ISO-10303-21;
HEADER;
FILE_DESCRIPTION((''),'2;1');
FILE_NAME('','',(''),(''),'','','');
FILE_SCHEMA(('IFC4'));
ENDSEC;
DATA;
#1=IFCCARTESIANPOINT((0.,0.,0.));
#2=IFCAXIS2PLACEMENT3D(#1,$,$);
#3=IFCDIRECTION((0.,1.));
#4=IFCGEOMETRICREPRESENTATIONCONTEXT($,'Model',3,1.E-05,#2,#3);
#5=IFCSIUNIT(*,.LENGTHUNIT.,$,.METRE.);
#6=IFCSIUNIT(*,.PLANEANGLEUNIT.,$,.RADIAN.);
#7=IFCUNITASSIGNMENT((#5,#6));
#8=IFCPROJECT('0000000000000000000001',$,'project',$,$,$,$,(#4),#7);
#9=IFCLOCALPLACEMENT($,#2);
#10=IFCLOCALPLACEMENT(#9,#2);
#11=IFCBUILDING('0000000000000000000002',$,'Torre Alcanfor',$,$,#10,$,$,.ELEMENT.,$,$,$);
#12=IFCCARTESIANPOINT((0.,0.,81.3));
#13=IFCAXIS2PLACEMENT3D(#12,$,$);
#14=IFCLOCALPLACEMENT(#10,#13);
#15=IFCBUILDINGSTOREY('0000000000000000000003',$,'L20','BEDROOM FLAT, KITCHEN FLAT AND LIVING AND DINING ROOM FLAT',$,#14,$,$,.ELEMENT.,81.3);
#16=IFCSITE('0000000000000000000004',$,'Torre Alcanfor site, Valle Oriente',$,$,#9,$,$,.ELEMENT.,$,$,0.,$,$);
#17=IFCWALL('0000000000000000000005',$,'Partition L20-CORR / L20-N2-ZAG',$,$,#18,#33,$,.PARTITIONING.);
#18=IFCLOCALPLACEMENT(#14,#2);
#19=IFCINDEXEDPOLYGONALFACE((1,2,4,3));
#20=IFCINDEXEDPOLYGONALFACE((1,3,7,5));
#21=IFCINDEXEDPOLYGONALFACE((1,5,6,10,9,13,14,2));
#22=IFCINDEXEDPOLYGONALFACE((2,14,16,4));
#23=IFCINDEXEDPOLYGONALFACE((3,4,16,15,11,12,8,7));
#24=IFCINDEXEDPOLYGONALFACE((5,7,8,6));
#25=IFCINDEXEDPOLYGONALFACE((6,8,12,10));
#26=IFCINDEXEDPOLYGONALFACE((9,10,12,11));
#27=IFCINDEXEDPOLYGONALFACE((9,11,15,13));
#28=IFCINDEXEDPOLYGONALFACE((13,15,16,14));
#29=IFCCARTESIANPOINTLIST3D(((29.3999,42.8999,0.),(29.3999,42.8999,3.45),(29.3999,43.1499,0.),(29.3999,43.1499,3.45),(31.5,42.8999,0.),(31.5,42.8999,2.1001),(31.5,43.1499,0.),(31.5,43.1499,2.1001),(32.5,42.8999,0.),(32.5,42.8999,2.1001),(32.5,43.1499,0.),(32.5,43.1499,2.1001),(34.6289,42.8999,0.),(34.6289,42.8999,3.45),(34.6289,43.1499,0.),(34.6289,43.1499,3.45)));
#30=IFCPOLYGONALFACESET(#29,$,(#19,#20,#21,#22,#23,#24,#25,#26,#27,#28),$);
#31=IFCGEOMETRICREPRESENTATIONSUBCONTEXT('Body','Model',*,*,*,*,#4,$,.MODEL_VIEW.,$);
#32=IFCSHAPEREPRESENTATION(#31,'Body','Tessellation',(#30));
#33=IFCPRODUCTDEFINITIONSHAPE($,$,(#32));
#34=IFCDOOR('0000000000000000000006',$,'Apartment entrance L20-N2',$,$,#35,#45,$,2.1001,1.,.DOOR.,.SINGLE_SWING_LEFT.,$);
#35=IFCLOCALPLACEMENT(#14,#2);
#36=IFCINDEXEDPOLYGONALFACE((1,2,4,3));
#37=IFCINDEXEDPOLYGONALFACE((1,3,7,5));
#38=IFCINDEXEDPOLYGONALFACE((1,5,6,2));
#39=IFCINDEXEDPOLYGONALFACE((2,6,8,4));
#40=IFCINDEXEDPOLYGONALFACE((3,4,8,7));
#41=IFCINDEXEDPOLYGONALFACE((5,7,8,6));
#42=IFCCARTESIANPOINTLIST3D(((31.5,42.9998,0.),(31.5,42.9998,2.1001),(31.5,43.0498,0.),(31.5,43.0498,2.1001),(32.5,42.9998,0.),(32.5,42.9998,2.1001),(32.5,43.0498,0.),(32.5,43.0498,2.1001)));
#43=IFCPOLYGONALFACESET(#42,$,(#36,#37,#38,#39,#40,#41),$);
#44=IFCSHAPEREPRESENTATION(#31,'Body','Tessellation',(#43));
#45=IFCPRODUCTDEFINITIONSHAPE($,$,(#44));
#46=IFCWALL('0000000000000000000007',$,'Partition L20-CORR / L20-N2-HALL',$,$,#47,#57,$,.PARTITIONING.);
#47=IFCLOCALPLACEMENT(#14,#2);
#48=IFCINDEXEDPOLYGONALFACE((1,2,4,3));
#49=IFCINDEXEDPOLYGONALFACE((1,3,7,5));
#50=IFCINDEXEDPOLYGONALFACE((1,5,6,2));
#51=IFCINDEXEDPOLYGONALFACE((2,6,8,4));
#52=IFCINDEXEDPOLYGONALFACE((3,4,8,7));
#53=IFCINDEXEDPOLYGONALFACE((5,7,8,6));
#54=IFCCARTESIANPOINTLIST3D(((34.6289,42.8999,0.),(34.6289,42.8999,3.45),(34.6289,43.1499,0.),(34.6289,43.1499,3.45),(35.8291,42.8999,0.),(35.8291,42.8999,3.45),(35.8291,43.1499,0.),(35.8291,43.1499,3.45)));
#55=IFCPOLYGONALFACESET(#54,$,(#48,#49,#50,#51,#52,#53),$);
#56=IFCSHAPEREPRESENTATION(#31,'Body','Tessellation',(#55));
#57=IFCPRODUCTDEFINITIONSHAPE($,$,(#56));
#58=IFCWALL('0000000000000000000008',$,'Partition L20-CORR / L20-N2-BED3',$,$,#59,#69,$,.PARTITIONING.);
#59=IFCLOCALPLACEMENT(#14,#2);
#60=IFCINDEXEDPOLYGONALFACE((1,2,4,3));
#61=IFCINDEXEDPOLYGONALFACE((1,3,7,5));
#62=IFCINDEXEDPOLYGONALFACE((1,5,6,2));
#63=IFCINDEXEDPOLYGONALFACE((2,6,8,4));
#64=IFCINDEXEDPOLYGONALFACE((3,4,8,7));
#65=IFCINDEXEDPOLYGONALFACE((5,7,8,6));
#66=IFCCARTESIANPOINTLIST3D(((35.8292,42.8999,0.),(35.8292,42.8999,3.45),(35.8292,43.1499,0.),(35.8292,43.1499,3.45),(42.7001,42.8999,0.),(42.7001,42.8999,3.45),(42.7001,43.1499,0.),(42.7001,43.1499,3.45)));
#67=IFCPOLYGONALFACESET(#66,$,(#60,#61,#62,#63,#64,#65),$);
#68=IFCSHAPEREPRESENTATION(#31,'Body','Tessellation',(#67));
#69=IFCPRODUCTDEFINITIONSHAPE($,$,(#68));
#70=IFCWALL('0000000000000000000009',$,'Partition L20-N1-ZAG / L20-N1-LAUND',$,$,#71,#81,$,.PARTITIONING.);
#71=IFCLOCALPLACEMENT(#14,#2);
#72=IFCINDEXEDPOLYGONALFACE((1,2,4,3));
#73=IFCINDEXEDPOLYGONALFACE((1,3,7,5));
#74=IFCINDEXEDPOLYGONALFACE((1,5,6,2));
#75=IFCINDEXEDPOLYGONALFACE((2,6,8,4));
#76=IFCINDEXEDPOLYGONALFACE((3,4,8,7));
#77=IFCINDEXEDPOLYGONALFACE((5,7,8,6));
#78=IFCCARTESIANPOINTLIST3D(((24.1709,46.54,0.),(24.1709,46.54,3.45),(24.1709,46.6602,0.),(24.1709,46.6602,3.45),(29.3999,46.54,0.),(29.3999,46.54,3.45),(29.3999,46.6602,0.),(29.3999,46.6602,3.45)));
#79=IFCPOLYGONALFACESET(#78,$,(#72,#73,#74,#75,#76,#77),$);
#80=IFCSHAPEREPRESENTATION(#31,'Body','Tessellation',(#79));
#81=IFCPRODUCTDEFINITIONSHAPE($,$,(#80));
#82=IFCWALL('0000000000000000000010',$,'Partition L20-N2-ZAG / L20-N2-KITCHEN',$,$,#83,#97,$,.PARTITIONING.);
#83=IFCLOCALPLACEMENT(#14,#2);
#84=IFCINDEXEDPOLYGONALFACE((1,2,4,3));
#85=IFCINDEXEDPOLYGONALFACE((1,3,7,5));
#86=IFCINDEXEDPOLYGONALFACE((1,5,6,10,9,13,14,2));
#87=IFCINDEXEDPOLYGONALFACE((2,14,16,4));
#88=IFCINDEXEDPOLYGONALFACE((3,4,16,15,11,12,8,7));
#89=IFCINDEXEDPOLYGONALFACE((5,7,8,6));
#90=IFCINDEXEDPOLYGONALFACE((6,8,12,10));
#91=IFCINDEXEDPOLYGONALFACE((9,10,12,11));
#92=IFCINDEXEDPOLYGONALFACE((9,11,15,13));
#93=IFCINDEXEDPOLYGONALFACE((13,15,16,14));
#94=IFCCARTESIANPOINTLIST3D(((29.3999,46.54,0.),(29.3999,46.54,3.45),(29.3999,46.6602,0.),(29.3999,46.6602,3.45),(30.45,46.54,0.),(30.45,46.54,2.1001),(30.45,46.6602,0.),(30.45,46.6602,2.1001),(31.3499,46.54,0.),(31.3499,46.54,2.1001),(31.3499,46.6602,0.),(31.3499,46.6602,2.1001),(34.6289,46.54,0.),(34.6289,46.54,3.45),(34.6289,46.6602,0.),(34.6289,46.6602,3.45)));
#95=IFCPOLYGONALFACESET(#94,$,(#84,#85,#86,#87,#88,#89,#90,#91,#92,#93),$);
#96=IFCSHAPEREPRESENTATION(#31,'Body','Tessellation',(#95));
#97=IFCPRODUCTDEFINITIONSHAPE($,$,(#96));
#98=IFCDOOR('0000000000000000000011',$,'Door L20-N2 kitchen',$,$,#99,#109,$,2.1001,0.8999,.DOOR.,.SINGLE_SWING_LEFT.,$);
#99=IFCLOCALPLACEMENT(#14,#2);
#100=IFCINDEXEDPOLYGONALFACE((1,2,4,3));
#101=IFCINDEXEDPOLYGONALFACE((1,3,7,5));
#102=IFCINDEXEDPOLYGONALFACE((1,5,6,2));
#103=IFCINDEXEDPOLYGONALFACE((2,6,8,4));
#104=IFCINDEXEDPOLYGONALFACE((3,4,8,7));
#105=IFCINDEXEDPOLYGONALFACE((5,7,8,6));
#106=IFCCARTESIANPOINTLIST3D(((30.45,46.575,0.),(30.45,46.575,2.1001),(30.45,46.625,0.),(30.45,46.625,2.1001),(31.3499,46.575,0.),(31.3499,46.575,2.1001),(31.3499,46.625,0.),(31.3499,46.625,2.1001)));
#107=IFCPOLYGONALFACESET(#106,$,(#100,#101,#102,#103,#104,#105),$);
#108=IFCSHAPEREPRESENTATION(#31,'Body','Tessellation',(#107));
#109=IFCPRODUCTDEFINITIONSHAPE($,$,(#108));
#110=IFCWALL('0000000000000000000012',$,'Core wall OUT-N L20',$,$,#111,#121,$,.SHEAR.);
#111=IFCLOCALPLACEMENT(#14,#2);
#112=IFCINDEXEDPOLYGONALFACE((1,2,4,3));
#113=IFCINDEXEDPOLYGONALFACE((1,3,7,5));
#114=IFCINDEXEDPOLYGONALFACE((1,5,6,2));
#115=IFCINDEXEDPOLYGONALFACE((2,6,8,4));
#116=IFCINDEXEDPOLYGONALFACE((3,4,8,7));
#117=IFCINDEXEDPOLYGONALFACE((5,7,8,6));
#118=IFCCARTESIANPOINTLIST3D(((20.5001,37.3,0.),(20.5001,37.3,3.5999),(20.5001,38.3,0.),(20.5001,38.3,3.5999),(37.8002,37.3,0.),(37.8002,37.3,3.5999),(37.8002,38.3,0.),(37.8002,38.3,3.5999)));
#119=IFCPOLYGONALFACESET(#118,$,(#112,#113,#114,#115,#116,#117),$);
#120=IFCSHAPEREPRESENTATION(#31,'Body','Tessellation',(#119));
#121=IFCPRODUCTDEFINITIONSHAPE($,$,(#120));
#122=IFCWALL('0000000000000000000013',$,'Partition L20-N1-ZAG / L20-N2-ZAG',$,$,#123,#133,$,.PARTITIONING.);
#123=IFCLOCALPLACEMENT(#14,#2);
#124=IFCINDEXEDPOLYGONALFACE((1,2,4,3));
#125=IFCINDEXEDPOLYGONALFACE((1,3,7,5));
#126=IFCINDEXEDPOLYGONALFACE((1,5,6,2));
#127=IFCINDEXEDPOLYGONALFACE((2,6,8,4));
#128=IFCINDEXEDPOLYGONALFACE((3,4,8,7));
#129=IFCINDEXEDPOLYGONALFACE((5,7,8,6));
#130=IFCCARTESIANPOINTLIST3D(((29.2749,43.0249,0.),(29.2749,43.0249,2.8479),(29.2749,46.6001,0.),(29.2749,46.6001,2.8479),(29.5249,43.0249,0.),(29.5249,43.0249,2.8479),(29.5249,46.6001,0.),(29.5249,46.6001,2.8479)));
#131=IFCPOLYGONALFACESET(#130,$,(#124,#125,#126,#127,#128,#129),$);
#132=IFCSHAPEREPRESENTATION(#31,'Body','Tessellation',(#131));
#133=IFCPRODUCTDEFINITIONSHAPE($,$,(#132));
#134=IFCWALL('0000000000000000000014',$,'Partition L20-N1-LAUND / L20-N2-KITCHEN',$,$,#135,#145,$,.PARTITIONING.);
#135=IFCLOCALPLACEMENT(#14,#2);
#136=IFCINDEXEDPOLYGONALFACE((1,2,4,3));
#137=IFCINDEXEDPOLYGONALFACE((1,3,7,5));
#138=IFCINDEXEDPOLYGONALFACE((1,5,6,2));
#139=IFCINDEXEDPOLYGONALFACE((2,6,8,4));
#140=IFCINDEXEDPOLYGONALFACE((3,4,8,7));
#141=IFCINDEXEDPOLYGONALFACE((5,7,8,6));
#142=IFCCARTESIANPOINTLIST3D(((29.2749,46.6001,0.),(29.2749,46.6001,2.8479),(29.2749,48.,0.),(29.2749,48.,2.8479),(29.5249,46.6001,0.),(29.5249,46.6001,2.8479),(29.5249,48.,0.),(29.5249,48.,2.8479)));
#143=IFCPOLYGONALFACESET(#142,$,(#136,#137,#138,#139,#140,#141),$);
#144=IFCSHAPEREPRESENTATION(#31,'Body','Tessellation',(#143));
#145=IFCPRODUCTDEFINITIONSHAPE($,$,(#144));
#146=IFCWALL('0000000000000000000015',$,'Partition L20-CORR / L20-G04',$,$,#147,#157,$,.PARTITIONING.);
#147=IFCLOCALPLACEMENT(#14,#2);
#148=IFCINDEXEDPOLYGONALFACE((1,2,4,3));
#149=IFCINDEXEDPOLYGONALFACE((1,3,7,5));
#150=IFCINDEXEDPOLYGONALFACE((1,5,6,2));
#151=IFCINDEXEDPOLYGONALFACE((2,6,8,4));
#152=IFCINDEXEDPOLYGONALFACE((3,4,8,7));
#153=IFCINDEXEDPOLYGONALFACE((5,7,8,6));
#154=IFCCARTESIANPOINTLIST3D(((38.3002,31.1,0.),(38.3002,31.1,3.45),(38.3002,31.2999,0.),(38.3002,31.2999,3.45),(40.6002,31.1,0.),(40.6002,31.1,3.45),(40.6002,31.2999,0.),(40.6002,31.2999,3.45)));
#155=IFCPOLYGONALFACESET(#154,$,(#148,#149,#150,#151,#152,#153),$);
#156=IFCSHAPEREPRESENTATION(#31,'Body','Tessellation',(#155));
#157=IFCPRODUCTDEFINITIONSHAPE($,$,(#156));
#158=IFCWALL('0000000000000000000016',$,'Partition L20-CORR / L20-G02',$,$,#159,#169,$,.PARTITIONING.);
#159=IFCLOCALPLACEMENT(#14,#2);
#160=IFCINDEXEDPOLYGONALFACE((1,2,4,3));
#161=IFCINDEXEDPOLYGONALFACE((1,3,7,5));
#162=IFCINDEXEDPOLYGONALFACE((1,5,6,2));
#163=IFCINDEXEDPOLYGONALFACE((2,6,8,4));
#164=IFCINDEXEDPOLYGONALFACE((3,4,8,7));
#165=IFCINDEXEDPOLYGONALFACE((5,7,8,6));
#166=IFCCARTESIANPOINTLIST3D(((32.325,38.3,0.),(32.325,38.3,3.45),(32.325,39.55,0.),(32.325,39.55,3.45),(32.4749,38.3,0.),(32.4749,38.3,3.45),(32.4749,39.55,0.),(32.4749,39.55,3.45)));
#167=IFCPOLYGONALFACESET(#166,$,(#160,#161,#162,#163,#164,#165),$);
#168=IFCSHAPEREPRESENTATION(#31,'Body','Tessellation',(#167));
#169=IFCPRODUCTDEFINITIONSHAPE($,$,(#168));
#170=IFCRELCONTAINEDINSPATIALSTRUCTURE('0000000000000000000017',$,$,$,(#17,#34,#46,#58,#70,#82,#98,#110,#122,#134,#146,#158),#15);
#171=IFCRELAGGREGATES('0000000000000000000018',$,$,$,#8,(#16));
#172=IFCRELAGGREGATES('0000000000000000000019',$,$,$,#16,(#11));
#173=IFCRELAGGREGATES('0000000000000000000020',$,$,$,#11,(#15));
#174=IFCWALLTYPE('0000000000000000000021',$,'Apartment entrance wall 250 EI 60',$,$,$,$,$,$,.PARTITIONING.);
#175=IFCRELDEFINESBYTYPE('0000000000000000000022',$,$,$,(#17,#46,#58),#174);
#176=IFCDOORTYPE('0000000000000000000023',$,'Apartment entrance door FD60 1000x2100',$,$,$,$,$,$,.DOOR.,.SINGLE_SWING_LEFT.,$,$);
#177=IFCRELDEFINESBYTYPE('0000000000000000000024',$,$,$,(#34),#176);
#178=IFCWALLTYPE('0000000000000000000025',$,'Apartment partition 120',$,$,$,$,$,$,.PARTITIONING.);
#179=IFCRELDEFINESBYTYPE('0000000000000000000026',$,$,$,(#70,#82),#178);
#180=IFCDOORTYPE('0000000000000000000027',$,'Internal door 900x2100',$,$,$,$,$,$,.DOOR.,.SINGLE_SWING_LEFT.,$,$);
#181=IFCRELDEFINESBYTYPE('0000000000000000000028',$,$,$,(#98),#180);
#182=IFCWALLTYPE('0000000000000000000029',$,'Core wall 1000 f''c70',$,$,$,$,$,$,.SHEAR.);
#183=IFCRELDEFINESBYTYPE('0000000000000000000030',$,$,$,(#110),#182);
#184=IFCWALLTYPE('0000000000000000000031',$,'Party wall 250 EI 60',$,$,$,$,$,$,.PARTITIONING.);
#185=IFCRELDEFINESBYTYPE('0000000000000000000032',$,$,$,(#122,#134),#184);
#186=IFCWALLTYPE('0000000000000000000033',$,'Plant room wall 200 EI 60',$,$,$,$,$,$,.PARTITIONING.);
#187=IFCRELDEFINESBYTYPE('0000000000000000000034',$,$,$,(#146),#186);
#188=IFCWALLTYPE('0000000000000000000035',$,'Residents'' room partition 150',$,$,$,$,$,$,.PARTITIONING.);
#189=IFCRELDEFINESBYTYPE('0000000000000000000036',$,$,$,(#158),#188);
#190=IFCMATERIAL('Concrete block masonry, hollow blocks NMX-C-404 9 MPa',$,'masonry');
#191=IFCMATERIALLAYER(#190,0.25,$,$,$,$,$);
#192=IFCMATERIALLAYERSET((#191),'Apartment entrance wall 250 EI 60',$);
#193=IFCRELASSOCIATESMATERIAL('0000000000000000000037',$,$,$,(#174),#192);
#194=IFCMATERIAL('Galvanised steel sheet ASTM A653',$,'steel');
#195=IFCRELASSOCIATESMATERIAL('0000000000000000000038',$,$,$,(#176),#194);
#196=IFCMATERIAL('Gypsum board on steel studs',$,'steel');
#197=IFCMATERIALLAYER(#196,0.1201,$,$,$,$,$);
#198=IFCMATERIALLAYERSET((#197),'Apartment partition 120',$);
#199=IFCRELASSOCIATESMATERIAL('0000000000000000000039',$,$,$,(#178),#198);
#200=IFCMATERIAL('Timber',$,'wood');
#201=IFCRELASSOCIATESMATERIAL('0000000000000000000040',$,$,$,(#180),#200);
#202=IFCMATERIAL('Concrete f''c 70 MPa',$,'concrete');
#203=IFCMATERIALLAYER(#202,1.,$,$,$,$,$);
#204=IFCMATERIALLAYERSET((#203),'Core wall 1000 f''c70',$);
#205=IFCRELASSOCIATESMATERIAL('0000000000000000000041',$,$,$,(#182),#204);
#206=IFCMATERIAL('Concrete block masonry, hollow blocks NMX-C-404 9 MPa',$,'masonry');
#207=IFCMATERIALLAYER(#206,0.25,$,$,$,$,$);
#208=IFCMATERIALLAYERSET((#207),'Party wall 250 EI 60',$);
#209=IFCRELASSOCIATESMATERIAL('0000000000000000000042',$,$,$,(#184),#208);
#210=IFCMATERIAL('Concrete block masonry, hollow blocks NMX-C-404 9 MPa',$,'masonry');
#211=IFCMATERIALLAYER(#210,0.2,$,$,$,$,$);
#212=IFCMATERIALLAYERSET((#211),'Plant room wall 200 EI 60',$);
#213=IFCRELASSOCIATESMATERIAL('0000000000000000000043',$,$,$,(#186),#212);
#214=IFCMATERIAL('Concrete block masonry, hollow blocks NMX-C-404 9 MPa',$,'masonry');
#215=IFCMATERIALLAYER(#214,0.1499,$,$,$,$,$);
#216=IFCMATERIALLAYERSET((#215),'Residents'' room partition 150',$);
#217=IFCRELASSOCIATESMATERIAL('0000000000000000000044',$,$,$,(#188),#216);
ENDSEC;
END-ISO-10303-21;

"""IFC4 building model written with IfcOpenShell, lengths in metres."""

from ifc_helpers import new_model, si_unit, direction, frame, frame_2d, origin, place, context, subcontext, project, spatial, rectangle, extrude, material, layer, layer_set, type_object, element, fill, save


model = new_model("IFC4")

# Units and contexts
model_context = context("Model", 3, precision=1e-05, world=origin(), true_north=direction((0.0, 1.0)))
body_context = subcontext(model_context, "Body", "Model", "MODEL_VIEW")
ifc_project = project(units=[si_unit("LENGTHUNIT", "METRE"), si_unit("PLANEANGLEUNIT", "RADIAN")], contexts=[model_context])

# Site, building, storey
site_placement = place(None, origin())
site = spatial("IfcSite", under=ifc_project, at=site_placement, Name="Torre Alcanfor site, Valle Oriente", CompositionType="ELEMENT", RefElevation=0.0)
building_placement = place(site_placement, origin())
building = spatial("IfcBuilding", under=site, at=building_placement, Name="Torre Alcanfor", CompositionType="ELEMENT")
storey_placement = place(building_placement, frame((0.0, 0.0, 81.3)))
storey = spatial("IfcBuildingStorey", under=building, at=storey_placement, Name="L20", Description="BEDROOM FLAT, KITCHEN FLAT AND LIVING AND DINING ROOM FLAT", CompositionType="ELEMENT", Elevation=81.3)

# Wall, opening, door
ifc_material_1 = material(Name="Concrete block masonry, hollow blocks NMX-C-404 9 MPa", Category="masonry")
ifc_layer_1 = layer(ifc_material_1, 0.25)
ifc_layer_set_1 = layer_set([ifc_layer_1], Name="Apartment entrance wall 250 EI 60")
wall_type_1 = type_object("IfcWallType", Name="Apartment entrance wall 250 EI 60", PredefinedType="PARTITIONING", material=ifc_layer_set_1)
wall_1_placement = place(storey_placement, frame((29.3999, 43.0249, 0.0), z_axis=(0.0, 0.0, 1.0), x_axis=(1.0, 0.0, 0.0)))
wall_1 = element("IfcWall", 1, at=wall_1_placement, inside=storey, type_object=wall_type_1, Name="Partition L20-CORR / L20-N2-ZAG", PredefinedType="PARTITIONING", context=body_context, shape_type="SweptSolid", body=[
    extrude(rectangle(XDim=5.229, YDim=0.25, at=frame_2d((2.6145, 0.0))), origin(), (0.0, 0.0, 1.0), 3.45),
])
opening_1_placement = place(wall_1_placement, frame((2.1001, 0.0, 0.0)))
opening_1 = element("IfcOpeningElement", 2, at=opening_1_placement, cuts=wall_1, PredefinedType="OPENING", context=body_context, shape_type="SweptSolid", body=[
    extrude(rectangle(XDim=1.0, YDim=2.1001, at=frame_2d((0.5, 1.05))), frame((0.0, 0.135, 0.0), z_axis=(0.0, -1.0, 0.0), x_axis=(1.0, 0.0, 0.0)), (0.0, 0.0, 1.0), 0.27),
])
ifc_material_2 = material(Name="Galvanised steel sheet ASTM A653", Category="steel")
door_type_1 = type_object("IfcDoorType", Name="Apartment entrance door FD60 1000x2100", OperationType="SINGLE_SWING_LEFT", PredefinedType="DOOR", material=ifc_material_2)
door_1_placement = place(opening_1_placement, origin())
door_1 = element("IfcDoor", 3, at=door_1_placement, inside=storey, type_object=door_type_1, Name="Apartment entrance L20-N2", OperationType="SINGLE_SWING_LEFT", OverallHeight=2.1001, OverallWidth=1.0, PredefinedType="DOOR", context=body_context, shape_type="SweptSolid", body=[
    extrude(rectangle(XDim=1.0, YDim=2.1001, at=frame_2d((0.5, 1.05))), frame((0.0, 0.0249, 0.0), z_axis=(0.0, -1.0, 0.0), x_axis=(1.0, 0.0, 0.0)), (0.0, 0.0, 1.0), 0.05),
])
fill(opening_1, door_1)

# Walls
wall_2_placement = place(storey_placement, frame((34.6289, 43.0249, 0.0), z_axis=(0.0, 0.0, 1.0), x_axis=(1.0, 0.0, 0.0)))
element("IfcWall", 4, at=wall_2_placement, inside=storey, type_object=wall_type_1, Name="Partition L20-CORR / L20-N2-HALL", PredefinedType="PARTITIONING", context=body_context, shape_type="SweptSolid", body=[
    extrude(rectangle(XDim=1.2002, YDim=0.25, at=frame_2d((0.6001, 0.0))), origin(), (0.0, 0.0, 1.0), 3.45),
])
wall_3_placement = place(storey_placement, frame((35.8291, 43.0249, 0.0), z_axis=(0.0, 0.0, 1.0), x_axis=(1.0, 0.0, 0.0)))
element("IfcWall", 5, at=wall_3_placement, inside=storey, type_object=wall_type_1, Name="Partition L20-CORR / L20-N2-BED3", PredefinedType="PARTITIONING", context=body_context, shape_type="SweptSolid", body=[
    extrude(rectangle(XDim=6.8708, YDim=0.25, at=frame_2d((3.4355, 0.0))), origin(), (0.0, 0.0, 1.0), 3.45),
])
ifc_material_3 = material(Name="Gypsum board on steel studs", Category="steel")
ifc_layer_2 = layer(ifc_material_3, 0.1201)
ifc_layer_set_2 = layer_set([ifc_layer_2], Name="Apartment partition 120")
wall_type_2 = type_object("IfcWallType", Name="Apartment partition 120", PredefinedType="PARTITIONING", material=ifc_layer_set_2)
wall_4_placement = place(storey_placement, frame((29.3999, 46.6001, 0.0), z_axis=(0.0, 0.0, 1.0), x_axis=(-1.0, 0.0, 0.0)))
element("IfcWall", 6, at=wall_4_placement, inside=storey, type_object=wall_type_2, Name="Partition L20-N1-ZAG / L20-N1-LAUND", PredefinedType="PARTITIONING", context=body_context, shape_type="SweptSolid", body=[
    extrude(rectangle(XDim=5.229, YDim=0.1201, at=frame_2d((2.6145, 0.0))), origin(), (0.0, 0.0, 1.0), 3.45),
])

# Wall, opening, door
wall_5_placement = place(storey_placement, frame((29.3999, 46.6001, 0.0), z_axis=(0.0, 0.0, 1.0), x_axis=(1.0, 0.0, 0.0)))
wall_5 = element("IfcWall", 7, at=wall_5_placement, inside=storey, type_object=wall_type_2, Name="Partition L20-N2-ZAG / L20-N2-KITCHEN", PredefinedType="PARTITIONING", context=body_context, shape_type="SweptSolid", body=[
    extrude(rectangle(XDim=5.229, YDim=0.1201, at=frame_2d((2.6145, 0.0))), origin(), (0.0, 0.0, 1.0), 3.45),
])
opening_2_placement = place(wall_5_placement, frame((1.05, 0.0, 0.0)))
opening_2 = element("IfcOpeningElement", 8, at=opening_2_placement, cuts=wall_5, PredefinedType="OPENING", context=body_context, shape_type="SweptSolid", body=[
    extrude(rectangle(XDim=0.8999, YDim=2.1001, at=frame_2d((0.45, 1.05))), frame((0.0, 0.0701, 0.0), z_axis=(0.0, -1.0, 0.0), x_axis=(1.0, 0.0, 0.0)), (0.0, 0.0, 1.0), 0.1401),
])
ifc_material_4 = material(Name="Timber", Category="wood")
door_type_2 = type_object("IfcDoorType", Name="Internal door 900x2100", OperationType="SINGLE_SWING_LEFT", PredefinedType="DOOR", material=ifc_material_4)
door_2_placement = place(opening_2_placement, origin())
door_2 = element("IfcDoor", 9, at=door_2_placement, inside=storey, type_object=door_type_2, Name="Door L20-N2 kitchen", OperationType="SINGLE_SWING_LEFT", OverallHeight=2.1001, OverallWidth=0.8999, PredefinedType="DOOR", context=body_context, shape_type="SweptSolid", body=[
    extrude(rectangle(XDim=0.8999, YDim=2.1001, at=frame_2d((0.45, 1.05))), frame((0.0, 0.0249, 0.0), z_axis=(0.0, -1.0, 0.0), x_axis=(1.0, 0.0, 0.0)), (0.0, 0.0, 1.0), 0.05),
])
fill(opening_2, door_2)

# Walls
ifc_material_5 = material(Name="Concrete f'c 70 MPa", Category="concrete")
ifc_layer_3 = layer(ifc_material_5, 1.0)
ifc_layer_set_3 = layer_set([ifc_layer_3], Name="Core wall 1000 f'c70")
wall_type_3 = type_object("IfcWallType", Name="Core wall 1000 f'c70", PredefinedType="SHEAR", material=ifc_layer_set_3)
wall_6_placement = place(storey_placement, frame((37.8, 37.8, 0.0), z_axis=(0.0, 0.0, 1.0), x_axis=(-1.0, 0.0, 0.0)))
element("IfcWall", 10, at=wall_6_placement, inside=storey, type_object=wall_type_3, Name="Core wall OUT-N L20", PredefinedType="SHEAR", context=body_context, shape_type="SweptSolid", body=[
    extrude(rectangle(XDim=17.3, YDim=1.0, at=frame_2d((8.6499, 0.0))), origin(), (0.0, 0.0, 1.0), 3.5999),
])
ifc_material_6 = material(Name="Concrete block masonry, hollow blocks NMX-C-404 9 MPa", Category="masonry")
ifc_layer_4 = layer(ifc_material_6, 0.25)
ifc_layer_set_4 = layer_set([ifc_layer_4], Name="Party wall 250 EI 60")
wall_type_4 = type_object("IfcWallType", Name="Party wall 250 EI 60", PredefinedType="PARTITIONING", material=ifc_layer_set_4)
wall_7_placement = place(storey_placement, frame((29.3999, 43.0249, 0.0), z_axis=(0.0, 0.0, 1.0), x_axis=(0.0, 1.0, 0.0)))
element("IfcWall", 11, at=wall_7_placement, inside=storey, type_object=wall_type_4, Name="Partition L20-N1-ZAG / L20-N2-ZAG", PredefinedType="PARTITIONING", context=body_context, shape_type="SweptSolid", body=[
    extrude(rectangle(XDim=3.5752, YDim=0.25, at=frame_2d((1.7876, 0.0))), origin(), (0.0, 0.0, 1.0), 2.8479),
])
wall_8_placement = place(storey_placement, frame((29.3999, 46.6001, 0.0), z_axis=(0.0, 0.0, 1.0), x_axis=(0.0, 1.0, 0.0)))
element("IfcWall", 12, at=wall_8_placement, inside=storey, type_object=wall_type_4, Name="Partition L20-N1-LAUND / L20-N2-KITCHEN", PredefinedType="PARTITIONING", context=body_context, shape_type="SweptSolid", body=[
    extrude(rectangle(XDim=1.3999, YDim=0.25, at=frame_2d((0.7, 0.0))), origin(), (0.0, 0.0, 1.0), 2.8479),
])
ifc_material_7 = material(Name="Concrete block masonry, hollow blocks NMX-C-404 9 MPa", Category="masonry")
ifc_layer_5 = layer(ifc_material_7, 0.2)
ifc_layer_set_5 = layer_set([ifc_layer_5], Name="Plant room wall 200 EI 60")
wall_type_5 = type_object("IfcWallType", Name="Plant room wall 200 EI 60", PredefinedType="PARTITIONING", material=ifc_layer_set_5)
wall_9_placement = place(storey_placement, frame((40.6001, 31.2, 0.0), z_axis=(0.0, 0.0, 1.0), x_axis=(-1.0, 0.0, 0.0)))
element("IfcWall", 13, at=wall_9_placement, inside=storey, type_object=wall_type_5, Name="Partition L20-CORR / L20-G04", PredefinedType="PARTITIONING", context=body_context, shape_type="SweptSolid", body=[
    extrude(rectangle(XDim=2.3, YDim=0.2, at=frame_2d((1.1499, 0.0))), origin(), (0.0, 0.0, 1.0), 3.45),
])
ifc_material_8 = material(Name="Concrete block masonry, hollow blocks NMX-C-404 9 MPa", Category="masonry")
ifc_layer_6 = layer(ifc_material_8, 0.1499)
ifc_layer_set_6 = layer_set([ifc_layer_6], Name="Residents' room partition 150")
wall_type_6 = type_object("IfcWallType", Name="Residents' room partition 150", PredefinedType="PARTITIONING", material=ifc_layer_set_6)
wall_10_placement = place(storey_placement, frame((32.3999, 38.3, 0.0), z_axis=(0.0, 0.0, 1.0), x_axis=(0.0, 1.0, 0.0)))
element("IfcWall", 14, at=wall_10_placement, inside=storey, type_object=wall_type_6, Name="Partition L20-CORR / L20-G02", PredefinedType="PARTITIONING", context=body_context, shape_type="SweptSolid", body=[
    extrude(rectangle(XDim=1.25, YDim=0.1499, at=frame_2d((0.625, 0.0))), origin(), (0.0, 0.0, 1.0), 3.45),
])

save(model, "model.ifc")
